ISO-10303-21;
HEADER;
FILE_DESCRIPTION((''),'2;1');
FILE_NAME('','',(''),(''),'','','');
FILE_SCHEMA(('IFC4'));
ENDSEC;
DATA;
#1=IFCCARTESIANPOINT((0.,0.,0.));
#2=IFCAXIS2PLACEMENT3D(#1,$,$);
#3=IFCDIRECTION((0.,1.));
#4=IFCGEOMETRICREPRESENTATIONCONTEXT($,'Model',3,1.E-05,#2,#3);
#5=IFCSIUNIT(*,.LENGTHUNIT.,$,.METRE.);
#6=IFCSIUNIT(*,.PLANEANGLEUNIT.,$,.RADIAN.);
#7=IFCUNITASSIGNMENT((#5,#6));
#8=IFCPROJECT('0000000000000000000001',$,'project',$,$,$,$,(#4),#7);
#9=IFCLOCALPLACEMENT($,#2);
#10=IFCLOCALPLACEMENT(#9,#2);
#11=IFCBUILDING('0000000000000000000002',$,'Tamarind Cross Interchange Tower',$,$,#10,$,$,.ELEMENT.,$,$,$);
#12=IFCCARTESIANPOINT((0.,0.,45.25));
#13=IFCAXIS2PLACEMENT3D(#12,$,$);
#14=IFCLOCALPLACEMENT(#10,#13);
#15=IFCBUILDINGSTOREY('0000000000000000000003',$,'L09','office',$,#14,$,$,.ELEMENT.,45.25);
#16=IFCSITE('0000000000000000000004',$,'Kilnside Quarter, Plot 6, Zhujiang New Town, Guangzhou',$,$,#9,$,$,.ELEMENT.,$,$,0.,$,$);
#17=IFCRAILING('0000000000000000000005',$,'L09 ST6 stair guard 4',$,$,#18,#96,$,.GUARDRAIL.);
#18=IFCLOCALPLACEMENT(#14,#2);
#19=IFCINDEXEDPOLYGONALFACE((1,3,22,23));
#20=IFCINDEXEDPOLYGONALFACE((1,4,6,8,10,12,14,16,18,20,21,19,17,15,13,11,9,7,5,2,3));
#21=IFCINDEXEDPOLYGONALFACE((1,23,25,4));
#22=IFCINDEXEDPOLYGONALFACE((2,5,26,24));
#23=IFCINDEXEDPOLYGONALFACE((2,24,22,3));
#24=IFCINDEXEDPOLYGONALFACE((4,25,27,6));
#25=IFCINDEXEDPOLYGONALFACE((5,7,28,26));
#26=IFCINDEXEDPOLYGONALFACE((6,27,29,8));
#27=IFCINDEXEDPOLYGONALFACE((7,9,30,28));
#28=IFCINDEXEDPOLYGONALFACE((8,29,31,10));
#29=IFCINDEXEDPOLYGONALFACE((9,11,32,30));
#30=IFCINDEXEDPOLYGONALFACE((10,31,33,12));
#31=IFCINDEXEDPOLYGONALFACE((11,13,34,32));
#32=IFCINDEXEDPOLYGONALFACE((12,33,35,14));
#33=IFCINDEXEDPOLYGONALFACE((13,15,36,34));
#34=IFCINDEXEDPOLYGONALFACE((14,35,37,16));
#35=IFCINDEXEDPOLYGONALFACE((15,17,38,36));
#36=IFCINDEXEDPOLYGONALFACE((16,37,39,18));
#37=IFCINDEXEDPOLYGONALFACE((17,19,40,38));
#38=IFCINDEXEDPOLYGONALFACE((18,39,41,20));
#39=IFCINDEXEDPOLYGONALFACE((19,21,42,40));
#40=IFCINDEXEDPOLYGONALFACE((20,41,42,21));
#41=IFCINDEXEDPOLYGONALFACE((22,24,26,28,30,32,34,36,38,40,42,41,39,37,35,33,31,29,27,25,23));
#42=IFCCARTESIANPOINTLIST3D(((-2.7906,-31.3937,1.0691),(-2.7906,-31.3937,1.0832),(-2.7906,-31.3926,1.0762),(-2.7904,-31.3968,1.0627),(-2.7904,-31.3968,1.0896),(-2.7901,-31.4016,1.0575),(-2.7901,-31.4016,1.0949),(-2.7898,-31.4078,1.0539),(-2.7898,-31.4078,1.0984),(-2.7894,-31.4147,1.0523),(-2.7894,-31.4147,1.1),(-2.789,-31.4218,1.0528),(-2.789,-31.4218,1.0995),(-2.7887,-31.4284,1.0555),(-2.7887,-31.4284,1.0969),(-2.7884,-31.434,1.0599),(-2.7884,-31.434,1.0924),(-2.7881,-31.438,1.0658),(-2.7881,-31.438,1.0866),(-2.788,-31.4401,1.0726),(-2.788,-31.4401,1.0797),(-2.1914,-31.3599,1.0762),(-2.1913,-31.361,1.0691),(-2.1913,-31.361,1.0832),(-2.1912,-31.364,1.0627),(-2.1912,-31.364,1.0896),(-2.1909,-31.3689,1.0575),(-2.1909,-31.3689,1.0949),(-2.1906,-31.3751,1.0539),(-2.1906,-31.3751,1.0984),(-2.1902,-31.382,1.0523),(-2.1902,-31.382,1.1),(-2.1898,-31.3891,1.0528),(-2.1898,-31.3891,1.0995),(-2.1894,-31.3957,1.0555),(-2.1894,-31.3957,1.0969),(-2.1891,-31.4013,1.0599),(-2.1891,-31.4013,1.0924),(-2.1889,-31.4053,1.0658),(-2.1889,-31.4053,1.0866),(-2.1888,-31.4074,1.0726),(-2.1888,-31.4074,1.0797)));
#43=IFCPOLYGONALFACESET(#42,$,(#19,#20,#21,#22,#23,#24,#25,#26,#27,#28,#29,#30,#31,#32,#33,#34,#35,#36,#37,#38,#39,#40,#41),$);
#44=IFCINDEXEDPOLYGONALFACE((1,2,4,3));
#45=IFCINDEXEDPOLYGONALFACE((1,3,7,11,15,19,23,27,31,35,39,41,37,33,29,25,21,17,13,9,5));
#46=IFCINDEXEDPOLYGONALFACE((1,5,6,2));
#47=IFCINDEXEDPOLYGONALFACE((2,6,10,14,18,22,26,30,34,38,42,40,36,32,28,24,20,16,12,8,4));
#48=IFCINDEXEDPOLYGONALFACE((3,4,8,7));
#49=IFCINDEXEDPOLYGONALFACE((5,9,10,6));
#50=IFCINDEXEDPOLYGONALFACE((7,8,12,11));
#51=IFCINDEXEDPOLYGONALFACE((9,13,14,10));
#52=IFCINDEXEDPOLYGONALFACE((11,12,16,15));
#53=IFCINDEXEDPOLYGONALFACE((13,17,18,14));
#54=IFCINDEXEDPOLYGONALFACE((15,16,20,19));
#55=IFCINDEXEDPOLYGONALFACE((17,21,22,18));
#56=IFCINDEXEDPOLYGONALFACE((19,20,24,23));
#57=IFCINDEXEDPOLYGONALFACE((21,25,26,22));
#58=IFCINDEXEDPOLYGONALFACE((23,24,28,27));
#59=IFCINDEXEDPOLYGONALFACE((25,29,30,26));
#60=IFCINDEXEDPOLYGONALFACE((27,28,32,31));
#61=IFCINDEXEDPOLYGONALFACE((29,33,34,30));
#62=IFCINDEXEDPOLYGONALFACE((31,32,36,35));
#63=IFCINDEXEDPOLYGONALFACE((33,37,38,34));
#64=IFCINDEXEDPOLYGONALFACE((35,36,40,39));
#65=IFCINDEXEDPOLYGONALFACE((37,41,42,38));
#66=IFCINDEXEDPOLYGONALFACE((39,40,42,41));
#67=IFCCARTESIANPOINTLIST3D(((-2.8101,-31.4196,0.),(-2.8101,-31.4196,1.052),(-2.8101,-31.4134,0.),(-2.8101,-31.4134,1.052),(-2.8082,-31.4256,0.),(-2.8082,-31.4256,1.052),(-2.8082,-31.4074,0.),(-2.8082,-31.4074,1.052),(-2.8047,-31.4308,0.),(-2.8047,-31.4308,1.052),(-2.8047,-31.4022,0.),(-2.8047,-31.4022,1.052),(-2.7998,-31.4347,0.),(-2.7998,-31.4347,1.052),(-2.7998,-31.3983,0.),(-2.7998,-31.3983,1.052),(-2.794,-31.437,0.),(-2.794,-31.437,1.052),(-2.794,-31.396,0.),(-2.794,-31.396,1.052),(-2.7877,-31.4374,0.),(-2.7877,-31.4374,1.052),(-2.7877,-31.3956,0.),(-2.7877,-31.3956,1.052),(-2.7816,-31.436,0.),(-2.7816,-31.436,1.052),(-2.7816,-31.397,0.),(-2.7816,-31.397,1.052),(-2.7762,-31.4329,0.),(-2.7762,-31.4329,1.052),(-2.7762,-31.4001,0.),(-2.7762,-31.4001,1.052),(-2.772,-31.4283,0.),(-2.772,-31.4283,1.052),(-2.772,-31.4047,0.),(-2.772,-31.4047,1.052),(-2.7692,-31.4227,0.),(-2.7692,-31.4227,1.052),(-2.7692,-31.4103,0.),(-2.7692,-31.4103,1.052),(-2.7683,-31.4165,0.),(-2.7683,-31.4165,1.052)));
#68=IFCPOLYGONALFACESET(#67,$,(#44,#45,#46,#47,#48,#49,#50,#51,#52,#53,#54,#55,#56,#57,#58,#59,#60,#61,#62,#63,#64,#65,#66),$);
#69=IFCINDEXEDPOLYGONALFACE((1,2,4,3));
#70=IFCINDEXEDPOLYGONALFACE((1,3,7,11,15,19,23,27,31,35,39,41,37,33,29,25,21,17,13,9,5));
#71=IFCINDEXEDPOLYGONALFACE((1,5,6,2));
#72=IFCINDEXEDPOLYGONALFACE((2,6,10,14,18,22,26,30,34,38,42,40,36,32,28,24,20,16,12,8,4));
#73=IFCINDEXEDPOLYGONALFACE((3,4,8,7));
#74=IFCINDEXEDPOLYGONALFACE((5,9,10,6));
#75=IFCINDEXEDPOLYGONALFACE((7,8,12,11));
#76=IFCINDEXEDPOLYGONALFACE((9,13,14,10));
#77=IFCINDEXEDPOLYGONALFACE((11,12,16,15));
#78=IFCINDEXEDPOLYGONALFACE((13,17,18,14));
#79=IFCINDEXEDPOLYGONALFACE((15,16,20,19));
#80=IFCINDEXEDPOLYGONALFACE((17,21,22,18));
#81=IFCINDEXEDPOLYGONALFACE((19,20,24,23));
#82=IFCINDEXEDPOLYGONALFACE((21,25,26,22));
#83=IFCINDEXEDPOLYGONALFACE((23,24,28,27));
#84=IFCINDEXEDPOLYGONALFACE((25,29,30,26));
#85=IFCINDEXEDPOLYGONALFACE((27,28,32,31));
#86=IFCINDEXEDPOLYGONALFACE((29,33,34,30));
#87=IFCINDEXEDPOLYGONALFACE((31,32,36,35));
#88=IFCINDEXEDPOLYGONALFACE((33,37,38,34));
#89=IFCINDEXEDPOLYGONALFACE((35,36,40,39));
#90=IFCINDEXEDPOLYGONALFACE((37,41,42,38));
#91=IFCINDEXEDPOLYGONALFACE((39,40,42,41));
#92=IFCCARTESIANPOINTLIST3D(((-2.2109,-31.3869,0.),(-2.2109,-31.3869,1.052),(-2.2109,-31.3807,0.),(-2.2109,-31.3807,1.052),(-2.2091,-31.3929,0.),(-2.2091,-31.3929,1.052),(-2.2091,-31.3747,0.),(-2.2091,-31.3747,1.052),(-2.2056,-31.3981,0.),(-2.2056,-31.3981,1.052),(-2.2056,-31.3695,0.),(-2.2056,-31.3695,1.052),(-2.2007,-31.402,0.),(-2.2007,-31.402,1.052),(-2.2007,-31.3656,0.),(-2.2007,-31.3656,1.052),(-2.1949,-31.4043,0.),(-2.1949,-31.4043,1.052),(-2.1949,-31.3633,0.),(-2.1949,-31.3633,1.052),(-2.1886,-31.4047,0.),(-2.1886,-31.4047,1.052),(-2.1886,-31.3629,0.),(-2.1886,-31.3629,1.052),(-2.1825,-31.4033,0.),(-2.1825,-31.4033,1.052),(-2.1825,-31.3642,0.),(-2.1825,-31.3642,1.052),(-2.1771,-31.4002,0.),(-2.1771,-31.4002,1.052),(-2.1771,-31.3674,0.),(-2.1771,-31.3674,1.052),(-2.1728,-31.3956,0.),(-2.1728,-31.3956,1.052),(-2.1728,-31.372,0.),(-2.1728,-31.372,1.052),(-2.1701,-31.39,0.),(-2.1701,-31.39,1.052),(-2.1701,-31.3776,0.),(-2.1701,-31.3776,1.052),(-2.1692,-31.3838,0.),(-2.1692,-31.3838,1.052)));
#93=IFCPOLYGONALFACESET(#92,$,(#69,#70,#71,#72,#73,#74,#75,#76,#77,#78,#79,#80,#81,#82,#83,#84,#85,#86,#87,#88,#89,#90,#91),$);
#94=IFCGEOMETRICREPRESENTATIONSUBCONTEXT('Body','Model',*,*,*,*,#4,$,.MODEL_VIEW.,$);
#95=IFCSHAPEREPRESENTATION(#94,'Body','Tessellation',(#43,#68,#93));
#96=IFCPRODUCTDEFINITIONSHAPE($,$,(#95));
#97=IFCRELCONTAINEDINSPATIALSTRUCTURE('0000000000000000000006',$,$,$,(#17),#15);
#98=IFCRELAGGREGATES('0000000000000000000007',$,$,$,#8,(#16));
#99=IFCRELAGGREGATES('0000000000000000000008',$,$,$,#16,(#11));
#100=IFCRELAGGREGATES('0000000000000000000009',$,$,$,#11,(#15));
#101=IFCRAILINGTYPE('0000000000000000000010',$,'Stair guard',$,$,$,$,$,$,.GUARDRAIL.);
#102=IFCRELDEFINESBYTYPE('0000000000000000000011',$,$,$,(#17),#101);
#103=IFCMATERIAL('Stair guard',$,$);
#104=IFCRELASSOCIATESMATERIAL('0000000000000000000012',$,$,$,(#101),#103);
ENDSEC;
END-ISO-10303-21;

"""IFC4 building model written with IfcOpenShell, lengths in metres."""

from ifc_helpers import new_model, si_unit, direction, frame, origin, origin_2d, place, context, subcontext, project, spatial, circle, extrude, material, type_object, element, save


model = new_model("IFC4")

# Units and contexts
model_context = context("Model", 3, precision=1e-05, world=origin(), true_north=direction((0.0, 1.0)))
body_context = subcontext(model_context, "Body", "Model", "MODEL_VIEW")
ifc_project = project(units=[si_unit("LENGTHUNIT", "METRE"), si_unit("PLANEANGLEUNIT", "RADIAN")], contexts=[model_context])

# Site, building, storey
site_placement = place(None, origin())
site = spatial("IfcSite", under=ifc_project, at=site_placement, Name="Kilnside Quarter, Plot 6, Zhujiang New Town, Guangzhou", CompositionType="ELEMENT", RefElevation=0.0)
building_placement = place(site_placement, origin())
building = spatial("IfcBuilding", under=site, at=building_placement, Name="Tamarind Cross Interchange Tower", CompositionType="ELEMENT")
storey_placement = place(building_placement, frame((0.0, 0.0, 45.25)))
storey = spatial("IfcBuildingStorey", under=building, at=storey_placement, Name="L09", Description="office", CompositionType="ELEMENT", Elevation=45.25)

# Railing
ifc_material_1 = material(Name="Stair guard")
railing_type_1 = type_object("IfcRailingType", Name="Stair guard", PredefinedType="GUARDRAIL", material=ifc_material_1)
railing_1_placement = place(storey_placement, frame((-2.7893, -31.4165, 0.0)))
element("IfcRailing", 1, at=railing_1_placement, inside=storey, type_object=railing_type_1, Name="L09 ST6 stair guard 4", PredefinedType="GUARDRAIL", context=body_context, shape_type="SweptSolid", body=[
    extrude(circle(Radius=0.0239, at=origin_2d()), frame((0.0, 0.0, 1.0762), z_axis=(0.998512, 0.054524, 0.0), x_axis=(-0.054524, 0.998512, 0.0)), (0.0, 0.0, 1.0), 0.6001),
    extrude(circle(Radius=0.021, at=origin_2d()), origin(), (0.0, 0.0, 1.0), 1.052),
    extrude(circle(Radius=0.021, at=origin_2d()), frame((0.5991, 0.0327, 0.0)), (0.0, 0.0, 1.0), 1.052),
])

save(model, "model.ifc")
